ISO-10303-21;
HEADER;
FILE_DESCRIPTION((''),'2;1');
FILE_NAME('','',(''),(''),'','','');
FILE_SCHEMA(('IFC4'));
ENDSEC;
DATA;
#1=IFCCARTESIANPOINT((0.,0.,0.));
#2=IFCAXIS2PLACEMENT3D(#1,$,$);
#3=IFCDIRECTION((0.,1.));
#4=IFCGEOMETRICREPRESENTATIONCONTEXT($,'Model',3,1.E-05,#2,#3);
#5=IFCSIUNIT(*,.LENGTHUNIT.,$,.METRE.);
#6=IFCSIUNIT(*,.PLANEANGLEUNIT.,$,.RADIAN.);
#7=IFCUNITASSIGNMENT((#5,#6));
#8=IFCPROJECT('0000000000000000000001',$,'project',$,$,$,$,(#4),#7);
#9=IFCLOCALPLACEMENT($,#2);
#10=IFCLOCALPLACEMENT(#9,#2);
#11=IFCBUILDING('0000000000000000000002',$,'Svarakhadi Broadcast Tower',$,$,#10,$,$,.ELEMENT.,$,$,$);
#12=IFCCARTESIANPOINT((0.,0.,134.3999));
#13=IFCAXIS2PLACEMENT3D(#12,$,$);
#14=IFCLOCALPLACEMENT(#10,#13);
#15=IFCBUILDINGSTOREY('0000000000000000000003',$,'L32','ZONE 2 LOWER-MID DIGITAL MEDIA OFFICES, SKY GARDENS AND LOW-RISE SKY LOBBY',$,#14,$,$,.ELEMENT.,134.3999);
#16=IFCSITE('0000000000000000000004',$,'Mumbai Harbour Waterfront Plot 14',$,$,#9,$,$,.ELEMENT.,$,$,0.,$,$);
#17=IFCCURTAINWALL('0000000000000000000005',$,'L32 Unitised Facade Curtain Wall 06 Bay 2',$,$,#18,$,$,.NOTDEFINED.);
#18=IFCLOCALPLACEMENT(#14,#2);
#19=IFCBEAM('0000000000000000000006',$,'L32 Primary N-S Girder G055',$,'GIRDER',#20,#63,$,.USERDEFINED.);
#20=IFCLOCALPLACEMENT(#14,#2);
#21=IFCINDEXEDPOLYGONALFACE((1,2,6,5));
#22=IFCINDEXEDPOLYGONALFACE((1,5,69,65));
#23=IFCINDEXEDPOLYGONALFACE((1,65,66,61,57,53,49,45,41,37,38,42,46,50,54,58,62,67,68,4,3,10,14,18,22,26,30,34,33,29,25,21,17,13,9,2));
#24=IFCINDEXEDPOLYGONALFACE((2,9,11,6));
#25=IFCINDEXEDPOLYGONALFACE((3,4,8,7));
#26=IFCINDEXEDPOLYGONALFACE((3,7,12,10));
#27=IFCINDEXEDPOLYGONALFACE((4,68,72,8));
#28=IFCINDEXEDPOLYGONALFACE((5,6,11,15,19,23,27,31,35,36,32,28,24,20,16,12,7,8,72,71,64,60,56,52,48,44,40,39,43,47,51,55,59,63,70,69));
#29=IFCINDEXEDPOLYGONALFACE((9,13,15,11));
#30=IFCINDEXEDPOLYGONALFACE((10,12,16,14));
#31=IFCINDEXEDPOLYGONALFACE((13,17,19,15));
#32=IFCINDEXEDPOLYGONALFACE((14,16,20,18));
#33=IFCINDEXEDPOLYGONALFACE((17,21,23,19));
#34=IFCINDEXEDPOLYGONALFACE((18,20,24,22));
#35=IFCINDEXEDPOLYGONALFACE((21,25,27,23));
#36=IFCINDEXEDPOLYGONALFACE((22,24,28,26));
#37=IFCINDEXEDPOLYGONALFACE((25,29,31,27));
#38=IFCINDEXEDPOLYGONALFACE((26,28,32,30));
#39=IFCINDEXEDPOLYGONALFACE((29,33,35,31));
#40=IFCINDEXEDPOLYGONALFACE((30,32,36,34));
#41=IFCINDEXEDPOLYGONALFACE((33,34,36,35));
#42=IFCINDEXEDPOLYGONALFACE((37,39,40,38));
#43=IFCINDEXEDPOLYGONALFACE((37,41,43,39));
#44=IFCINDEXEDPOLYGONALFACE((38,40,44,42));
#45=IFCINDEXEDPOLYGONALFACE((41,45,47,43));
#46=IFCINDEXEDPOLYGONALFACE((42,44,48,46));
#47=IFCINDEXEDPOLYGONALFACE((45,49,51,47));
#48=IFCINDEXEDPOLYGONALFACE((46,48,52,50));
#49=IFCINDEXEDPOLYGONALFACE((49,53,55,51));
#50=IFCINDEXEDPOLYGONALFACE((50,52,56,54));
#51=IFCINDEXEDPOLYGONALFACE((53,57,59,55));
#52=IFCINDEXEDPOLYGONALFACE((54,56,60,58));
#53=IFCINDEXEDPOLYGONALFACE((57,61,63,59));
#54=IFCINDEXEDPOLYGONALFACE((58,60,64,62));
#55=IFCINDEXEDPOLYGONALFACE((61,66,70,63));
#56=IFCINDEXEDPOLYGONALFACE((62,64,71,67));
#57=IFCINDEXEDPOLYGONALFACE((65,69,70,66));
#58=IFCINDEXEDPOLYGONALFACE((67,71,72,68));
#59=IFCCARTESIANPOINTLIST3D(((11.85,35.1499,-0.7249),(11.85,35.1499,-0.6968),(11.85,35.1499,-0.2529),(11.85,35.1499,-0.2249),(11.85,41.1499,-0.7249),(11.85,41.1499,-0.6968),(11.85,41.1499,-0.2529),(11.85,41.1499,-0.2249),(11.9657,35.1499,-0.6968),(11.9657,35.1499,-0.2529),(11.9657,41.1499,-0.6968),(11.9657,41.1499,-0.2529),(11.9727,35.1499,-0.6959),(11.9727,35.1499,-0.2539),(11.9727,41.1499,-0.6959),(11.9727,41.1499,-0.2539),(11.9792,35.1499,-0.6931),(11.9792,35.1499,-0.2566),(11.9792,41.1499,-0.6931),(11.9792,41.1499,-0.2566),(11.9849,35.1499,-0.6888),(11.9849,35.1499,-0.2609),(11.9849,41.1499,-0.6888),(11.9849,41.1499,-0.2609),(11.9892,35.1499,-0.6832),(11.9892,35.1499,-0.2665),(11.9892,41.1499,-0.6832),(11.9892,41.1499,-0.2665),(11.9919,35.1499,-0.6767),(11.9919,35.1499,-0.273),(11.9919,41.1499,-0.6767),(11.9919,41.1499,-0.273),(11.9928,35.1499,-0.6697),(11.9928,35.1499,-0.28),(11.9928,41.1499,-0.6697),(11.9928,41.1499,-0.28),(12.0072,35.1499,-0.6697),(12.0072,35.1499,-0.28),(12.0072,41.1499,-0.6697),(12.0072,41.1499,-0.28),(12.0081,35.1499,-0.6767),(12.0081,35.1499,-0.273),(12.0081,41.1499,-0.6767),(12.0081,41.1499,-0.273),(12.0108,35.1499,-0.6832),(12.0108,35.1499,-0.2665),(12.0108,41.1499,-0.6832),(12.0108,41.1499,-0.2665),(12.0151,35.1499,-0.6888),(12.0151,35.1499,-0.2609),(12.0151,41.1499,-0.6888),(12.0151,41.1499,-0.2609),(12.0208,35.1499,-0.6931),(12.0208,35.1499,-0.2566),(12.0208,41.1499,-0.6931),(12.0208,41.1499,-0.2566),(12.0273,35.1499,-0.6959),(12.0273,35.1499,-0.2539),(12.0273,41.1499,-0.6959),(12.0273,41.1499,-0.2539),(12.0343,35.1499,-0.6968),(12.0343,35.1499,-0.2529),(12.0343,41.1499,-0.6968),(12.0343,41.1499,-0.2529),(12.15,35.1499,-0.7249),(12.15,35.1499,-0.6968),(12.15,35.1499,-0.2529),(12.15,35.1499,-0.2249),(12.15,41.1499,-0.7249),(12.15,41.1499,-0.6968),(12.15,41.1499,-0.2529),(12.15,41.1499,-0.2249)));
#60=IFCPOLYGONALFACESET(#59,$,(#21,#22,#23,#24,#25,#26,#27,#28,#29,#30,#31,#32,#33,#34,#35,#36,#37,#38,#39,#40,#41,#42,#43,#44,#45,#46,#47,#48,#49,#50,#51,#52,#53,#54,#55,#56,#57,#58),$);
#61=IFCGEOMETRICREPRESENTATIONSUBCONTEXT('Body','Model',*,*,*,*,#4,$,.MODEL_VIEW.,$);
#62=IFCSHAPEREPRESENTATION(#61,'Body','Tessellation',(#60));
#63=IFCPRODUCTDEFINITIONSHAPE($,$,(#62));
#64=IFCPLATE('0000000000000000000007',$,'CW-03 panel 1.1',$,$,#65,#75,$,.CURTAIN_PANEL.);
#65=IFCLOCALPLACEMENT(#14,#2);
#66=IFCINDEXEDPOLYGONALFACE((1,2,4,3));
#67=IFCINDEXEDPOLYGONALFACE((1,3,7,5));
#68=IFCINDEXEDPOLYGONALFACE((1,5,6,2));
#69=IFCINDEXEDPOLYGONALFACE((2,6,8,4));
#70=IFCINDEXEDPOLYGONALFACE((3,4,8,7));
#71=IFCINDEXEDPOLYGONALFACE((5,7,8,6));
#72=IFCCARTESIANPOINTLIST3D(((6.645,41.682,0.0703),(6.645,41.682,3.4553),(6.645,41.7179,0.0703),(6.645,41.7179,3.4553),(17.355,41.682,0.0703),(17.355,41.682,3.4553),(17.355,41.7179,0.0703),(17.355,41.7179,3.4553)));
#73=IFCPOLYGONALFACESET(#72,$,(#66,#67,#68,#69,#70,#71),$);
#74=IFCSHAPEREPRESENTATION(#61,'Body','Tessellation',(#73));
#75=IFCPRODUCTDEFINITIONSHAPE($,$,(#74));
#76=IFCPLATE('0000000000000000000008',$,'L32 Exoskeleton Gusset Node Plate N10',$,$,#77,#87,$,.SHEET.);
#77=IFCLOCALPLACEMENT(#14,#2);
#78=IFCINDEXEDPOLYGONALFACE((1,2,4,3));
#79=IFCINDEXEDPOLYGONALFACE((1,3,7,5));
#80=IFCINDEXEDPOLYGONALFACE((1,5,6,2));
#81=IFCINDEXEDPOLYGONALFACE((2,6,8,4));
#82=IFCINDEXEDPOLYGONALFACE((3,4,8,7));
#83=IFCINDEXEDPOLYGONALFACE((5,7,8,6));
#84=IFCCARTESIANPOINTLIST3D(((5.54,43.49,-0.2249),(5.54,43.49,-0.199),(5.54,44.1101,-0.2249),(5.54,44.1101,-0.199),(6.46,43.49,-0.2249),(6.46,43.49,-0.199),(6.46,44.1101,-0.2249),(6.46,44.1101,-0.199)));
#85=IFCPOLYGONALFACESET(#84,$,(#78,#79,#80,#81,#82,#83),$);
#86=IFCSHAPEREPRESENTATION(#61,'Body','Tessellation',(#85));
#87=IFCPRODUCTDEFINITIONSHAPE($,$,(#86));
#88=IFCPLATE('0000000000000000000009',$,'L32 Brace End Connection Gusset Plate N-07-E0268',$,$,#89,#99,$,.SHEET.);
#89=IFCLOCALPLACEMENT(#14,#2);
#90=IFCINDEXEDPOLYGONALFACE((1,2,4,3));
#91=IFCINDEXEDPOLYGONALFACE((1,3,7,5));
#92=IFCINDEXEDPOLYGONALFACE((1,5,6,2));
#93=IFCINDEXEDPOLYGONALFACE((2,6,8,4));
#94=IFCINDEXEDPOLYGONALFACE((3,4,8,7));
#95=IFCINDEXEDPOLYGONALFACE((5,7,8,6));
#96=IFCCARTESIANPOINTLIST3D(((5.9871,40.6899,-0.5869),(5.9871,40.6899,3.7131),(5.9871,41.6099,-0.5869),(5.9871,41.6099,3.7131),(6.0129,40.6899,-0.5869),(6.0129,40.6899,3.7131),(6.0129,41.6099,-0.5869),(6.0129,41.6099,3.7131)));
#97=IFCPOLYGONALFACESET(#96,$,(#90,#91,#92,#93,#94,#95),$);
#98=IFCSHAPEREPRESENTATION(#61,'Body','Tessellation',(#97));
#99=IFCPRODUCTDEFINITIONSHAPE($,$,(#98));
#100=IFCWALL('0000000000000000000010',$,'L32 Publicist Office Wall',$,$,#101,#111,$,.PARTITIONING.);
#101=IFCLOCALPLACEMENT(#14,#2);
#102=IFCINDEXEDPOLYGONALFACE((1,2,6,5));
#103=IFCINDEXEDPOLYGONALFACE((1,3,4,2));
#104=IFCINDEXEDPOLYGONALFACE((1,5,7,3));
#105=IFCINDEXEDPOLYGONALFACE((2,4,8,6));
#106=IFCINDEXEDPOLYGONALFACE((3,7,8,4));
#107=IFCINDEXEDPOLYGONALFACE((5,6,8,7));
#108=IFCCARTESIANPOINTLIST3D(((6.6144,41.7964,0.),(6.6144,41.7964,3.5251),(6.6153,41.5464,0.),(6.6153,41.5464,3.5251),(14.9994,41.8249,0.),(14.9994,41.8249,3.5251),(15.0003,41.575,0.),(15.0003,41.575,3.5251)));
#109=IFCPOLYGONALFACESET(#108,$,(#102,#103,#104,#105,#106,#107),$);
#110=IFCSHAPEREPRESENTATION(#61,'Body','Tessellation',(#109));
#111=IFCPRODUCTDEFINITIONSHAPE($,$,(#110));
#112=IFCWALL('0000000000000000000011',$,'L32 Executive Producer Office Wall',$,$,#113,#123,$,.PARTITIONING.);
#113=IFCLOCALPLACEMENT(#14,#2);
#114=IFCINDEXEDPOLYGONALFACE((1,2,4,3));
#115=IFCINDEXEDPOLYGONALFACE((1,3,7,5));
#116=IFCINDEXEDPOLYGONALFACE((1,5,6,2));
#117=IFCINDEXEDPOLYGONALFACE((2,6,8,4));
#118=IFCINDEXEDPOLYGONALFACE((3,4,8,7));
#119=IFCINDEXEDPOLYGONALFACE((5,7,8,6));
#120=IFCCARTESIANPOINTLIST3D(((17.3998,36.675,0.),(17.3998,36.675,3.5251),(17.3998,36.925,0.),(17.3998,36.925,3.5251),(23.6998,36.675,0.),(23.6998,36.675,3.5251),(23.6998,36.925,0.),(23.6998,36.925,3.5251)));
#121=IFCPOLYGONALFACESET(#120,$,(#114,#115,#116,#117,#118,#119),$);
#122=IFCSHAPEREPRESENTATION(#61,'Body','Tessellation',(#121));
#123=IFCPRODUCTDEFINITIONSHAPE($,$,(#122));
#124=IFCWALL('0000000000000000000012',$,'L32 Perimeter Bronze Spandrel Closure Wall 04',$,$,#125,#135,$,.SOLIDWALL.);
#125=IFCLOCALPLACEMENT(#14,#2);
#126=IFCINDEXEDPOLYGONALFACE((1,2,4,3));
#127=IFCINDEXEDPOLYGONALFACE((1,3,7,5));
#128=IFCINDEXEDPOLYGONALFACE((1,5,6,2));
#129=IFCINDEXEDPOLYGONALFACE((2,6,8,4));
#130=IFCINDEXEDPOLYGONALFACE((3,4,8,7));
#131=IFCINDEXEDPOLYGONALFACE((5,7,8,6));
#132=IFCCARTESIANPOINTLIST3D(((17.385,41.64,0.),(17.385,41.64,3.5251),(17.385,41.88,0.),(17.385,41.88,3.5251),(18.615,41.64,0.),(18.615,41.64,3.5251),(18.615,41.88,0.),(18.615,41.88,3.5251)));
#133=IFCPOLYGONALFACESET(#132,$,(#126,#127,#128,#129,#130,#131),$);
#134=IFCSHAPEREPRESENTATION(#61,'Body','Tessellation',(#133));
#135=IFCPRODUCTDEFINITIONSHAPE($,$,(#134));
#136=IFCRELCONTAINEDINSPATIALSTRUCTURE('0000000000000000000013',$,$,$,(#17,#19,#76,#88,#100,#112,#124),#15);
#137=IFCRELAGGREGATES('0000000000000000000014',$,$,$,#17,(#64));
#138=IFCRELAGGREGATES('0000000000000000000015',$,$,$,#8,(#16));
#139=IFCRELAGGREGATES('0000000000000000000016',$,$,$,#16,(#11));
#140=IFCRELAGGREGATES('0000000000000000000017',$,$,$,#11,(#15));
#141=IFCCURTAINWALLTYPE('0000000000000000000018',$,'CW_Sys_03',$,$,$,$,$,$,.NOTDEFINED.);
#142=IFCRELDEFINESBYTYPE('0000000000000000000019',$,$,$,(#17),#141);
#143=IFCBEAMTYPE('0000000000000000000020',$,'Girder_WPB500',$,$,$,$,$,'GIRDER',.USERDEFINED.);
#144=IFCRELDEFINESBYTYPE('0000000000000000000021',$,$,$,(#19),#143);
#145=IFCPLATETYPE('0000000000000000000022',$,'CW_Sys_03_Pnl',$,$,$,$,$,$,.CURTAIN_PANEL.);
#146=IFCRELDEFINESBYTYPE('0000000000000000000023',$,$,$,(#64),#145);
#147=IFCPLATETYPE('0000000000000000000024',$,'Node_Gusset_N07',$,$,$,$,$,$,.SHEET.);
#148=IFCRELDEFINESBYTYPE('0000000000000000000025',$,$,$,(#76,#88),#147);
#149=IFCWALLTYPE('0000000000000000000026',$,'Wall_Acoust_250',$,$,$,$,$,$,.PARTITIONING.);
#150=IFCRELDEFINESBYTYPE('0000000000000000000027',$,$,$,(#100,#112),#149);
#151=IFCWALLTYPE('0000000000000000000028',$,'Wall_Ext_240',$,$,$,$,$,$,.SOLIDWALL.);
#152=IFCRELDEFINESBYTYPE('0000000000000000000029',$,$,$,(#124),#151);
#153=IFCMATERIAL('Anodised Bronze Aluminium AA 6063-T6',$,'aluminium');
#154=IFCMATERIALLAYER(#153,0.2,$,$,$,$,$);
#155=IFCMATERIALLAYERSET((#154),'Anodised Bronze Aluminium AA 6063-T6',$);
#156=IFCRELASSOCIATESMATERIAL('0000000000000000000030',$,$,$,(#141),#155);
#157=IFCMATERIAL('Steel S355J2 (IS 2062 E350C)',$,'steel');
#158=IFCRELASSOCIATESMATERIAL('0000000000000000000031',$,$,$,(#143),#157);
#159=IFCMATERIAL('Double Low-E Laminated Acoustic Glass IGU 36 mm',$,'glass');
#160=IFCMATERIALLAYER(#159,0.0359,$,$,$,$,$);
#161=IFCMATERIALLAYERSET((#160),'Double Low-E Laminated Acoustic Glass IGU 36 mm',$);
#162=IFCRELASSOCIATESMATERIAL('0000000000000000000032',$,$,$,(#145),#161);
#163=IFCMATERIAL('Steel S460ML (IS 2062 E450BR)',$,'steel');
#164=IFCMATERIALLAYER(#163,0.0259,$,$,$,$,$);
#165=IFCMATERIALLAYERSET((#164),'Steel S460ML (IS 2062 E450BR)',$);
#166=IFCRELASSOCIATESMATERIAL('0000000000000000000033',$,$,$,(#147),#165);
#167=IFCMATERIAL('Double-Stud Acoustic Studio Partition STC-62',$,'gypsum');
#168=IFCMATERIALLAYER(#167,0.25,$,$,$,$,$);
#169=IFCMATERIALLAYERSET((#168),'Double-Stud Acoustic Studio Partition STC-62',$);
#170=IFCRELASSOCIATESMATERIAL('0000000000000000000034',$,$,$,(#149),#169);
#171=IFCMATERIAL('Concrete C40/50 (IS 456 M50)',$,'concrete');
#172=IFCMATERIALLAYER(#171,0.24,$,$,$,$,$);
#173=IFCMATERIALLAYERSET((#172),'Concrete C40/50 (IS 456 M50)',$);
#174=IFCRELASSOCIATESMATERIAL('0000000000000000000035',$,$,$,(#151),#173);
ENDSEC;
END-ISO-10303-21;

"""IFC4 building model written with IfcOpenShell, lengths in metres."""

from ifc_helpers import new_model, si_unit, direction, frame, frame_2d, origin, origin_2d, place, context, subcontext, project, spatial, rectangle, i_section, extrude, material, layer, layer_set, material_profile, profile_set, type_object, element, aggregate, save


model = new_model("IFC4")

# Units and contexts
model_context = context("Model", 3, precision=1e-05, world=origin(), true_north=direction((0.0, 1.0)))
body_context = subcontext(model_context, "Body", "Model", "MODEL_VIEW")
ifc_project = project(units=[si_unit("LENGTHUNIT", "METRE"), si_unit("PLANEANGLEUNIT", "RADIAN")], contexts=[model_context])

# Site, building, storey
site_placement = place(None, origin())
site = spatial("IfcSite", under=ifc_project, at=site_placement, Name="Mumbai Harbour Waterfront Plot 14", CompositionType="ELEMENT", RefElevation=0.0)
building_placement = place(site_placement, origin())
building = spatial("IfcBuilding", under=site, at=building_placement, Name="Svarakhadi Broadcast Tower", CompositionType="ELEMENT")
storey_placement = place(building_placement, frame((0.0, 0.0, 134.3999)))
storey = spatial("IfcBuildingStorey", under=building, at=storey_placement, Name="L32", Description="ZONE 2 LOWER-MID DIGITAL MEDIA OFFICES, SKY GARDENS AND LOW-RISE SKY LOBBY", CompositionType="ELEMENT", Elevation=134.3999)

# Shared definitions
ifc_material_1 = material(Name="Steel S460ML (IS 2062 E450BR)", Category="steel")

# Shared definitions
ifc_material_2 = material(Name="Steel S355J2 (IS 2062 E350C)", Category="steel")

# Curtain wall
ifc_material_3 = material(Name="Anodised Bronze Aluminium AA 6063-T6", Category="aluminium")
ifc_layer_1 = layer(ifc_material_3, 0.2)
ifc_layer_set_1 = layer_set([ifc_layer_1], Name="Anodised Bronze Aluminium AA 6063-T6")
curtain_wall_type = type_object("IfcCurtainWallType", Name="CW_Sys_03", PredefinedType="NOTDEFINED", material=ifc_layer_set_1)
curtain_wall_placement = place(storey_placement, origin())
curtain_wall = element("IfcCurtainWall", 1, at=curtain_wall_placement, inside=storey, type_object=curtain_wall_type, Name="L32 Unitised Facade Curtain Wall 06 Bay 2", PredefinedType="NOTDEFINED")

# Beam
ifc_material_profile_1 = material_profile(ifc_material_2, i_section(OverallWidth=0.3, OverallDepth=0.5, WebThickness=0.0144, FlangeThickness=0.0281, FilletRadius=0.0271, at=origin_2d()), Name="WPB 500x300x187")
ifc_profile_set_1 = profile_set([ifc_material_profile_1], Name="Steel S355J2 (IS 2062 E350C)")
beam_type_1 = type_object("IfcBeamType", Name="Girder_WPB500", ElementType="GIRDER", PredefinedType="USERDEFINED", material=ifc_profile_set_1)
for number, where, z_axis, x_axis, name in (
    (2, (12.0, 35.1499, -0.4749), (0.0, 1.0, 0.0), (-1.0, 0.0, 0.0), "L32 Primary N-S Girder G055"),
):
    element("IfcBeam", number, at=place(storey_placement, frame(where, z_axis=z_axis, x_axis=x_axis)), inside=storey, type_object=beam_type_1, Name=name, ObjectType="GIRDER", PredefinedType="USERDEFINED", context=body_context, shape_type="SweptSolid", body=[
        extrude(i_section(OverallWidth=0.3, OverallDepth=0.5, WebThickness=0.0144, FlangeThickness=0.0281, FilletRadius=0.0271, at=origin_2d()), origin(), (0.0, 0.0, 1.0), 6.0),
    ])

# Plate
ifc_material_4 = material(Name="Double Low-E Laminated Acoustic Glass IGU 36 mm", Category="glass")
ifc_layer_2 = layer(ifc_material_4, 0.0359)
ifc_layer_set_2 = layer_set([ifc_layer_2], Name="Double Low-E Laminated Acoustic Glass IGU 36 mm")
plate_type_1 = type_object("IfcPlateType", Name="CW_Sys_03_Pnl", PredefinedType="CURTAIN_PANEL", material=ifc_layer_set_2)
plate_1_placement = place(storey_placement, frame((12.0, 41.7, 0.0703), z_axis=(0.0, 0.0, 1.0), x_axis=(1.0, 0.0, 0.0)))
plate_1 = element("IfcPlate", 3, at=plate_1_placement, type_object=plate_type_1, Name="CW-03 panel 1.1", PredefinedType="CURTAIN_PANEL", context=body_context, shape_type="SweptSolid", body=[
    extrude(rectangle(XDim=10.71, YDim=0.0359, at=origin_2d()), origin(), (0.0, 0.0, 1.0), 3.385),
])
aggregate(curtain_wall, [plate_1])

# Plates
ifc_layer_3 = layer(ifc_material_1, 0.0259)
ifc_layer_set_3 = layer_set([ifc_layer_3], Name="Steel S460ML (IS 2062 E450BR)")
plate_type_2 = type_object("IfcPlateType", Name="Node_Gusset_N07", PredefinedType="SHEET", material=ifc_layer_set_3)
plate_2_placement = place(storey_placement, frame((6.0, 43.8, -0.2249), z_axis=(0.0, 0.0, 1.0), x_axis=(1.0, 0.0, 0.0)))
element("IfcPlate", 4, at=plate_2_placement, inside=storey, type_object=plate_type_2, Name="L32 Exoskeleton Gusset Node Plate N10", PredefinedType="SHEET", context=body_context, shape_type="SweptSolid", body=[
    extrude(rectangle(XDim=0.9199, YDim=0.6201, at=origin_2d()), origin(), (0.0, 0.0, 1.0), 0.0259),
])
plate_3_placement = place(storey_placement, frame((6.0, 41.1499, -0.5869), z_axis=(0.0, 0.0, 1.0), x_axis=(0.0, 1.0, 0.0)))
element("IfcPlate", 5, at=plate_3_placement, inside=storey, type_object=plate_type_2, Name="L32 Brace End Connection Gusset Plate N-07-E0268", PredefinedType="SHEET", context=body_context, shape_type="SweptSolid", body=[
    extrude(rectangle(XDim=0.9199, YDim=0.0259, at=origin_2d()), origin(), (0.0, 0.0, 1.0), 4.3),
])

# Walls
ifc_material_5 = material(Name="Double-Stud Acoustic Studio Partition STC-62", Category="gypsum")
ifc_layer_4 = layer(ifc_material_5, 0.25)
ifc_layer_set_4 = layer_set([ifc_layer_4], Name="Double-Stud Acoustic Studio Partition STC-62")
wall_type_1 = type_object("IfcWallType", Name="Wall_Acoust_250", PredefinedType="PARTITIONING", material=ifc_layer_set_4)
wall_1_placement = place(storey_placement, frame((6.615, 41.6714, 0.0), z_axis=(0.0, 0.0, 1.0), x_axis=(0.999994, 0.003407, 0.0)))
element("IfcWall", 6, at=wall_1_placement, inside=storey, type_object=wall_type_1, Name="L32 Publicist Office Wall", PredefinedType="PARTITIONING", context=body_context, shape_type="SweptSolid", body=[
    extrude(rectangle(XDim=8.385, YDim=0.25, at=frame_2d((4.1924, 0.0))), origin(), (0.0, 0.0, 1.0), 3.5251),
])
wall_2_placement = place(storey_placement, frame((17.3999, 36.8, 0.0), z_axis=(0.0, 0.0, 1.0), x_axis=(1.0, 0.0, 0.0)))
element("IfcWall", 7, at=wall_2_placement, inside=storey, type_object=wall_type_1, Name="L32 Executive Producer Office Wall", PredefinedType="PARTITIONING", context=body_context, shape_type="SweptSolid", body=[
    extrude(rectangle(XDim=6.3, YDim=0.25, at=frame_2d((3.1499, 0.0))), origin(), (0.0, 0.0, 1.0), 3.5251),
])
ifc_material_6 = material(Name="Concrete C40/50 (IS 456 M50)", Category="concrete")
ifc_layer_5 = layer(ifc_material_6, 0.24)
ifc_layer_set_5 = layer_set([ifc_layer_5], Name="Concrete C40/50 (IS 456 M50)")
wall_type_2 = type_object("IfcWallType", Name="Wall_Ext_240", PredefinedType="SOLIDWALL", material=ifc_layer_set_5)
wall_3_placement = place(storey_placement, frame((17.385, 41.76, 0.0), z_axis=(0.0, 0.0, 1.0), x_axis=(1.0, 0.0, 0.0)))
element("IfcWall", 8, at=wall_3_placement, inside=storey, type_object=wall_type_2, Name="L32 Perimeter Bronze Spandrel Closure Wall 04", PredefinedType="SOLIDWALL", context=body_context, shape_type="SweptSolid", body=[
    extrude(rectangle(XDim=1.23, YDim=0.24, at=frame_2d((0.615, 0.0))), origin(), (0.0, 0.0, 1.0), 3.5251),
])

save(model, "model.ifc")
